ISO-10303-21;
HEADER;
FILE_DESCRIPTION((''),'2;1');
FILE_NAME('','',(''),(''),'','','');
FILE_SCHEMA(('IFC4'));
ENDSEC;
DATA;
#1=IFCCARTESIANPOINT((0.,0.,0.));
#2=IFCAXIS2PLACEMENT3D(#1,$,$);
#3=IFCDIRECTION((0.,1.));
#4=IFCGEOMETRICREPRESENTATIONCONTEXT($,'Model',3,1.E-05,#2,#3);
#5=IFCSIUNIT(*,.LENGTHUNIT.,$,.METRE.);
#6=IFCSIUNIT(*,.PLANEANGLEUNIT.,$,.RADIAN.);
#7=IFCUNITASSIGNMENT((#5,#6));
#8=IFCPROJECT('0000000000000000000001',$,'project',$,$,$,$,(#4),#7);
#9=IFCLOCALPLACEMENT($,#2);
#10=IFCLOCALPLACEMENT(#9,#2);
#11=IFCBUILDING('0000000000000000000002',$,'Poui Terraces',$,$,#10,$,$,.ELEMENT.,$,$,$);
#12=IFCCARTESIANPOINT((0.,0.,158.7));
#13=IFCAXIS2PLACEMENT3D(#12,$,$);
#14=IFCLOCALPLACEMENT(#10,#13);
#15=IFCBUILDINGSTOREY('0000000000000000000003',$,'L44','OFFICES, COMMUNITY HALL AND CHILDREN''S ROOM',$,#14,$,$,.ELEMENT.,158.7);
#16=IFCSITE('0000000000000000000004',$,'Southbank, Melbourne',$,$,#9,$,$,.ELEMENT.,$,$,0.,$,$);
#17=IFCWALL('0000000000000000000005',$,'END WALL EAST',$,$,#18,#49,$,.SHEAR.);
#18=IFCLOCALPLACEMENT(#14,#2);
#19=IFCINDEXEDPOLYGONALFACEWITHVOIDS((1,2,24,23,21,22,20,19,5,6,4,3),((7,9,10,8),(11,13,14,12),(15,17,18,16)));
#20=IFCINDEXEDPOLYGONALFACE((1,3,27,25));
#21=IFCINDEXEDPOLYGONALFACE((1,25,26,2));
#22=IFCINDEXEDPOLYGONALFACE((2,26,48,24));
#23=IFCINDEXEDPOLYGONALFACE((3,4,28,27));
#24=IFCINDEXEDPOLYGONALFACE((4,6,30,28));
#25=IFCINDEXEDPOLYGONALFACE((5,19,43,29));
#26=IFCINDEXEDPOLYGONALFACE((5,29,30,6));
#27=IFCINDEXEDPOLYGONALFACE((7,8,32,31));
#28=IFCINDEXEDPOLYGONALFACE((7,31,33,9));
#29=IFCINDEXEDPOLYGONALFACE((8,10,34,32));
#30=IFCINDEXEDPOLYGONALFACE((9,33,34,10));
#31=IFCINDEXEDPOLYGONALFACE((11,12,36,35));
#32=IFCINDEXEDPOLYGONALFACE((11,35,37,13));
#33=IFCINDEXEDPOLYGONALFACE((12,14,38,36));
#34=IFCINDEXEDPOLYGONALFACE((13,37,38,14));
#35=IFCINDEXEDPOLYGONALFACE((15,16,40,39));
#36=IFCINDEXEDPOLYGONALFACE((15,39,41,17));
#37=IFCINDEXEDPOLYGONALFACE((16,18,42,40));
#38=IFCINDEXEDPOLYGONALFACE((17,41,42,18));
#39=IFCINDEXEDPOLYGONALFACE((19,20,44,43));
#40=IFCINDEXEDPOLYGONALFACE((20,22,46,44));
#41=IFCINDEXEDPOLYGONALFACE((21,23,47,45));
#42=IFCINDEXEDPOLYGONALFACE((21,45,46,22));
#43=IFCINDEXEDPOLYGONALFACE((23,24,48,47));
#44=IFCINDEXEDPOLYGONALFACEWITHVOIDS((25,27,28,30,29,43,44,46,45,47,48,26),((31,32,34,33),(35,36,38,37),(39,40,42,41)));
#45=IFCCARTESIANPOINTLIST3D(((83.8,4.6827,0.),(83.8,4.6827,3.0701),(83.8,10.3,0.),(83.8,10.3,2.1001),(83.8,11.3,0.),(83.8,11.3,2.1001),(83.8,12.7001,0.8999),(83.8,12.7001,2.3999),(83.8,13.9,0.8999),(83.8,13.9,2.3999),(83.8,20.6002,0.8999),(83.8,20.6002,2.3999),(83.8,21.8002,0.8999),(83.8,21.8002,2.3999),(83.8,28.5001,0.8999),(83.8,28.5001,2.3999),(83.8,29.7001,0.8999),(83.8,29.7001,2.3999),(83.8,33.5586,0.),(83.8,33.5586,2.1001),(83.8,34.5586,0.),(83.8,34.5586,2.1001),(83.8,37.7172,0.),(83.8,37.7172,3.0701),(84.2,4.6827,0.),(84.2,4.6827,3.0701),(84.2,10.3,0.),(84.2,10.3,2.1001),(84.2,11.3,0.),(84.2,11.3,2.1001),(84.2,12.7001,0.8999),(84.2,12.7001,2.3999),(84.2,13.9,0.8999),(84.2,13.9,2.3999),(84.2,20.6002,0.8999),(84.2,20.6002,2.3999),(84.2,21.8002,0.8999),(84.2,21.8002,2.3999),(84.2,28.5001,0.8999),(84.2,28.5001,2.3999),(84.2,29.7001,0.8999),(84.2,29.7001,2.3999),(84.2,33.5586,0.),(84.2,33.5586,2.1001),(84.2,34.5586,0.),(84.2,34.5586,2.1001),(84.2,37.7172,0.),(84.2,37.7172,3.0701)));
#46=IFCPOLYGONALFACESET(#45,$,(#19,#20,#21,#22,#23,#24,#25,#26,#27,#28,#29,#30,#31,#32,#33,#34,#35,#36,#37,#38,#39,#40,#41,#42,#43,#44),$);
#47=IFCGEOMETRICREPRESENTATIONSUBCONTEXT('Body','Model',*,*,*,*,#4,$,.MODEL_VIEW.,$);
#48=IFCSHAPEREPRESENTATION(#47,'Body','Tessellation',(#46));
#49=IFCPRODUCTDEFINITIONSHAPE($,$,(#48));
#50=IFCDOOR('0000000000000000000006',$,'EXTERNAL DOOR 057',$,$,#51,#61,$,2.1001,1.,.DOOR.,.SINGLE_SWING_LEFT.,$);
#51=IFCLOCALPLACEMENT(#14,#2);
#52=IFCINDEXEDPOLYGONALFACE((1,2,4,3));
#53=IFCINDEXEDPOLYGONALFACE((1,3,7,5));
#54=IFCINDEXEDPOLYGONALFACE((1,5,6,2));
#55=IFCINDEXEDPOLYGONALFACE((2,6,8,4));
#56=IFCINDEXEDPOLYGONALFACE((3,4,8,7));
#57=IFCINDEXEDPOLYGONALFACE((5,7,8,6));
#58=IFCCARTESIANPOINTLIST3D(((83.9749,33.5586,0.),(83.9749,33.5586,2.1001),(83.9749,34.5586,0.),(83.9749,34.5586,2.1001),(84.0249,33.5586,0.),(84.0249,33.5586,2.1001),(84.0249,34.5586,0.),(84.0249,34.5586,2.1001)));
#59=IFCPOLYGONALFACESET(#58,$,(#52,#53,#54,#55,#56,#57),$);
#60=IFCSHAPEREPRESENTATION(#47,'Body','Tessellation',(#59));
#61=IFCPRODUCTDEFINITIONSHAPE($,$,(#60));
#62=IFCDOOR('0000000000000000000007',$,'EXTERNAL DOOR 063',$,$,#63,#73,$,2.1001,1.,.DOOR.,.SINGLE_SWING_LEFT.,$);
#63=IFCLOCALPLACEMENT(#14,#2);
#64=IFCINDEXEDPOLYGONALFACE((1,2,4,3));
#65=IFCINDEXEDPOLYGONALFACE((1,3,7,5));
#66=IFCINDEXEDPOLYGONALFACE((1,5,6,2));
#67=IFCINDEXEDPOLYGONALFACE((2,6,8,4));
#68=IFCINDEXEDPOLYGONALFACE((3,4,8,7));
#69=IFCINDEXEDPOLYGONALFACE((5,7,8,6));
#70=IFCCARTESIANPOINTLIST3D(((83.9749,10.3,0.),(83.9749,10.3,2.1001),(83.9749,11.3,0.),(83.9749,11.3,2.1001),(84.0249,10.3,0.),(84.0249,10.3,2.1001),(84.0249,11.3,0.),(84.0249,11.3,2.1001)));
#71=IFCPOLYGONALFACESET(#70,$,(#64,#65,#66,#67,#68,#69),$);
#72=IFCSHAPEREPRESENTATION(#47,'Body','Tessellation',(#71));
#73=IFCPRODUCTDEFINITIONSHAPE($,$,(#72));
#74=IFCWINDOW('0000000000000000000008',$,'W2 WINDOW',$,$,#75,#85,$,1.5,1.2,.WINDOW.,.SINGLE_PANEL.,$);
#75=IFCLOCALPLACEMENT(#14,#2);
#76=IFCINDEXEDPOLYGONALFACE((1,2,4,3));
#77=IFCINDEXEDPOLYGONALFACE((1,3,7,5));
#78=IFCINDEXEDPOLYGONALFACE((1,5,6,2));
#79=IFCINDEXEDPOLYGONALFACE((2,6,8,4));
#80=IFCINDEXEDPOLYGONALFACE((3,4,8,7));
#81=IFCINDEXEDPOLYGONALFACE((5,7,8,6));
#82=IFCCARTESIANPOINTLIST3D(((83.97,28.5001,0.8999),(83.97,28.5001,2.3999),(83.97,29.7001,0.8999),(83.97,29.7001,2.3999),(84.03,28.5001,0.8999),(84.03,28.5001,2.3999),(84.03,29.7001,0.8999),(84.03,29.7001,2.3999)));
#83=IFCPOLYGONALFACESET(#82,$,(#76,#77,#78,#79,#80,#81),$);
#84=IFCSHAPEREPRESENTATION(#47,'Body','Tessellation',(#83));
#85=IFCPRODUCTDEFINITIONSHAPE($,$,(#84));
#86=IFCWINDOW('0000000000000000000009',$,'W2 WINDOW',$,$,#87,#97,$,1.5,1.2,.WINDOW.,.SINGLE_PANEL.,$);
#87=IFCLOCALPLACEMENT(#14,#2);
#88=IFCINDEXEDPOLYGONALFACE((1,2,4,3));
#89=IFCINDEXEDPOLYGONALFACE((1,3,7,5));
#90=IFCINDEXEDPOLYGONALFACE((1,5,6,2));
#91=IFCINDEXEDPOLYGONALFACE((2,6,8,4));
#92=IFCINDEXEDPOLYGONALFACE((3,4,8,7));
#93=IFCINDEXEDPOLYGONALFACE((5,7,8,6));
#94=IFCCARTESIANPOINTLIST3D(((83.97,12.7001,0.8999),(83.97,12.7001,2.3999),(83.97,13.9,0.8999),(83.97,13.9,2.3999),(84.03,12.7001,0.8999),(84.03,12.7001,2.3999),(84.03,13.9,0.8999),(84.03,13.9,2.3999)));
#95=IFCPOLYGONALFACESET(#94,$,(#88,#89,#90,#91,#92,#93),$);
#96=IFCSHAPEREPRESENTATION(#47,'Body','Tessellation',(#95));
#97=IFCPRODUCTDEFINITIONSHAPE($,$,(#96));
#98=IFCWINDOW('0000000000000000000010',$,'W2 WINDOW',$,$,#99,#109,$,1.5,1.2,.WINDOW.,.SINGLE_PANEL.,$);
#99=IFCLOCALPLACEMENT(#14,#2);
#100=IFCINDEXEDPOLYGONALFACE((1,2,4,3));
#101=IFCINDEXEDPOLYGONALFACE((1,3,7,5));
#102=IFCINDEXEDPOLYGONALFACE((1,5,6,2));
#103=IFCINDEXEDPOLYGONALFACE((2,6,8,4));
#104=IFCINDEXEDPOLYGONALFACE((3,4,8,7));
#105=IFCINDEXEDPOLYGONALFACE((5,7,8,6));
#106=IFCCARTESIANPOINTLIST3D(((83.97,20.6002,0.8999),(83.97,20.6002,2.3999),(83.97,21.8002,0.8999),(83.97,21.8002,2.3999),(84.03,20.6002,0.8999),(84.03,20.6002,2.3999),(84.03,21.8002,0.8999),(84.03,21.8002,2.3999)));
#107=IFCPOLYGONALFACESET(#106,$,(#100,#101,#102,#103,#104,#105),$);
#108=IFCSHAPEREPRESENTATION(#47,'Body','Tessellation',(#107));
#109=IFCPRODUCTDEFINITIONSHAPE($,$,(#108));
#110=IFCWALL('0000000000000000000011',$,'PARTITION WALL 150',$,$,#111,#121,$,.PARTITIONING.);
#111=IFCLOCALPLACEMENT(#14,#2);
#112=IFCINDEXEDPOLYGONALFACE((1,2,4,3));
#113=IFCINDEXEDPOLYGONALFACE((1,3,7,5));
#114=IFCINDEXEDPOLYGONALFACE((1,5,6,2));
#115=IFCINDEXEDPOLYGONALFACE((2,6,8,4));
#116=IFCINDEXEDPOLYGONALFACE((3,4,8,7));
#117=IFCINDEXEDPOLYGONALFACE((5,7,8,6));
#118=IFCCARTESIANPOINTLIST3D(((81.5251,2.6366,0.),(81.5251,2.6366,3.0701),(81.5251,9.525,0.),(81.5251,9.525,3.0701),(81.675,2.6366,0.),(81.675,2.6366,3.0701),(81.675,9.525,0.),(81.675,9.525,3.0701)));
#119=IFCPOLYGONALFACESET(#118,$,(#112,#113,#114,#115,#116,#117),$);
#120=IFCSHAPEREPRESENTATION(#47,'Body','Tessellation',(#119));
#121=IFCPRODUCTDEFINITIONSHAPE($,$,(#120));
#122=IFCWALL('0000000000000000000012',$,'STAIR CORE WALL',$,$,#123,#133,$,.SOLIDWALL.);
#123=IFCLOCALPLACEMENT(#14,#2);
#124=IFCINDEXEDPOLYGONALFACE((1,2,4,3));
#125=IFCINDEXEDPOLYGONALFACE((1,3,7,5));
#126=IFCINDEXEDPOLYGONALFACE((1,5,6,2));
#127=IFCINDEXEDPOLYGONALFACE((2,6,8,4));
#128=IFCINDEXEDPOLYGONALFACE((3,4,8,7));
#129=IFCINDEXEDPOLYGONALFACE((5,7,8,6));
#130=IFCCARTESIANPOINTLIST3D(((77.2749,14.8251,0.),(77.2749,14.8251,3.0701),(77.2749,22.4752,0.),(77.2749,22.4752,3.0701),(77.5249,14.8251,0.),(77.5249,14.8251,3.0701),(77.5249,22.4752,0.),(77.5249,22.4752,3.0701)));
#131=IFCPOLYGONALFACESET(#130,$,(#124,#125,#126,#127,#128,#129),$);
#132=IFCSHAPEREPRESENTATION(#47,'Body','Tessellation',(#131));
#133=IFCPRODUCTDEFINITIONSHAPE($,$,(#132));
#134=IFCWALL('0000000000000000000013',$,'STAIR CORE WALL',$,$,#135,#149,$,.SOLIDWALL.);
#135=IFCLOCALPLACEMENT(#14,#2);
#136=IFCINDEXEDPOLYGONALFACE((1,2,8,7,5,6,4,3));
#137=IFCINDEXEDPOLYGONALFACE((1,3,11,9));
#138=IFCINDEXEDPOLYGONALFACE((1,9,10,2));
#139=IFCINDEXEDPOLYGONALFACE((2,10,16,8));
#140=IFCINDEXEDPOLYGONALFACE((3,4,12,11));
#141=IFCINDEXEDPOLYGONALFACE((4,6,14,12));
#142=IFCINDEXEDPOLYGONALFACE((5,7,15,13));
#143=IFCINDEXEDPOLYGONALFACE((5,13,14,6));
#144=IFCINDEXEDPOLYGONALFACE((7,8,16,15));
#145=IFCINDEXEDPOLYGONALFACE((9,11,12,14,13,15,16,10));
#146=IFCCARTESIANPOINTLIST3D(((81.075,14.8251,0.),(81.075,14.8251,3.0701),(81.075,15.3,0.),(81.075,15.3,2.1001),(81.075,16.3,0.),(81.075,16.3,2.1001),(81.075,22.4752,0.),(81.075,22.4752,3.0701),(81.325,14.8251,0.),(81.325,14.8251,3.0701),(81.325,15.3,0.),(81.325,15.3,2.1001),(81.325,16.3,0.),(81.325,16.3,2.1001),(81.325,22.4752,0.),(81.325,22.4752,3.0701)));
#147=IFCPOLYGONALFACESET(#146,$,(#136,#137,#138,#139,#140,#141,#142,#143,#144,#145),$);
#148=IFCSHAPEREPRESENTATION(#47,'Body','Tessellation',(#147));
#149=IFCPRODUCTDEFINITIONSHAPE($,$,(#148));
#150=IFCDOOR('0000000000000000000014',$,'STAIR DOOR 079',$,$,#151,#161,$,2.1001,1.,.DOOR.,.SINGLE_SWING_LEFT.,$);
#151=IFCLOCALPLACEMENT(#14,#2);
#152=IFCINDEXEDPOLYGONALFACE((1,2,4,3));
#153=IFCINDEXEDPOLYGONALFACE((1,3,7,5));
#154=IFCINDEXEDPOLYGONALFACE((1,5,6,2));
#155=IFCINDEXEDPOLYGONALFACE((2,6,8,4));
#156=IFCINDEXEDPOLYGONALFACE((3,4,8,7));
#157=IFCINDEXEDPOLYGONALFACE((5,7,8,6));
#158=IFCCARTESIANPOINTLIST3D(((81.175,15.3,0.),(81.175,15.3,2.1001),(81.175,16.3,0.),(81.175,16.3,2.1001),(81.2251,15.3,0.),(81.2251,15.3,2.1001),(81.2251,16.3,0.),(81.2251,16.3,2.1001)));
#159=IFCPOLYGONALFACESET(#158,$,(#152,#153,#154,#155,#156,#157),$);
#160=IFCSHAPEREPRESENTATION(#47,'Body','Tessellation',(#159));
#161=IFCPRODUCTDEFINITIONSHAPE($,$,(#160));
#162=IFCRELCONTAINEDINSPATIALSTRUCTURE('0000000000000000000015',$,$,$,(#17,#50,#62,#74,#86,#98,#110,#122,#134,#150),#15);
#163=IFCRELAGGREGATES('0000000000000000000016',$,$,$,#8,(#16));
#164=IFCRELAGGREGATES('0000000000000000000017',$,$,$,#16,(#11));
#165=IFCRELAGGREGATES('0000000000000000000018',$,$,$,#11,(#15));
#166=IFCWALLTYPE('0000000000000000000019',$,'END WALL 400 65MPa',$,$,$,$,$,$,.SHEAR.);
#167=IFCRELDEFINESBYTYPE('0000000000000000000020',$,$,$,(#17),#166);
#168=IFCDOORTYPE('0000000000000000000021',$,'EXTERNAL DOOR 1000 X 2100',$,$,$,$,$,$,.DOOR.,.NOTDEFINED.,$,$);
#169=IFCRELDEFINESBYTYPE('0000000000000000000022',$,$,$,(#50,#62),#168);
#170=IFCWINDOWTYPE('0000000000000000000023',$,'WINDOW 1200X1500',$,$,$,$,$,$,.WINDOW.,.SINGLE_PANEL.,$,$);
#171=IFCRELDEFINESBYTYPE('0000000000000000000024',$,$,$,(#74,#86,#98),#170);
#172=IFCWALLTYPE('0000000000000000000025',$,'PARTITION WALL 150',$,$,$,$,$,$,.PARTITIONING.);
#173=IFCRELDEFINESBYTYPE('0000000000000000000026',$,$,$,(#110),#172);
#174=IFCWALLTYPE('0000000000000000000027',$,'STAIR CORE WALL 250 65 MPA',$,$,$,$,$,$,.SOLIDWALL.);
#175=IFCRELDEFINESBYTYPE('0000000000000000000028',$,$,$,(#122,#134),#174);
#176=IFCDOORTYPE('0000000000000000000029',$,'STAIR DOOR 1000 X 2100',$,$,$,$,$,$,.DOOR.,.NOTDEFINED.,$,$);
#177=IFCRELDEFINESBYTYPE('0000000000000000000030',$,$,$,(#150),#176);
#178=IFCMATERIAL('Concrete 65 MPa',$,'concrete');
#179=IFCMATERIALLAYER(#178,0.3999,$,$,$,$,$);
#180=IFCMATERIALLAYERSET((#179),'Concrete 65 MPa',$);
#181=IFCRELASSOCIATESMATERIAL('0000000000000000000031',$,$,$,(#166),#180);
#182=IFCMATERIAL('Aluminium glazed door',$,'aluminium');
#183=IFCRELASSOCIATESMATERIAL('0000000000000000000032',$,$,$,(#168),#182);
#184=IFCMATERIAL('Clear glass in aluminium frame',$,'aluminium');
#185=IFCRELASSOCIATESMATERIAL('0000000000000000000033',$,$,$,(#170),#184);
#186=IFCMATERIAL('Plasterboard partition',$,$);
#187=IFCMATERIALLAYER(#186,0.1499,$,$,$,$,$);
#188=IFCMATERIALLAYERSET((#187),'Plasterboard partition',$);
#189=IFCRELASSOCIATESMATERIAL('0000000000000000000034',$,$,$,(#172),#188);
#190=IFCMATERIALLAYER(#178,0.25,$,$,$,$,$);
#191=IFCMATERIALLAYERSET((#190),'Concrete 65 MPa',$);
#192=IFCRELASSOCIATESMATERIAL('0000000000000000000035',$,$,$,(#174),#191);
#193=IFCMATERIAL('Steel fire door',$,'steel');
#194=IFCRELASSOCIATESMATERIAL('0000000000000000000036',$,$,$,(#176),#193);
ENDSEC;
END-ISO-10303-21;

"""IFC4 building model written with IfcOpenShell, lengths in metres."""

from ifc_helpers import new_model, si_unit, direction, frame, frame_2d, origin, place, context, subcontext, project, spatial, rectangle, extrude, material, layer, layer_set, type_object, element, fill, save


model = new_model("IFC4")

# Units and contexts
model_context = context("Model", 3, precision=1e-05, world=origin(), true_north=direction((0.0, 1.0)))
body_context = subcontext(model_context, "Body", "Model", "MODEL_VIEW")
ifc_project = project(units=[si_unit("LENGTHUNIT", "METRE"), si_unit("PLANEANGLEUNIT", "RADIAN")], contexts=[model_context])

# Site, building, storey
site_placement = place(None, origin())
site = spatial("IfcSite", under=ifc_project, at=site_placement, Name="Southbank, Melbourne", CompositionType="ELEMENT", RefElevation=0.0)
building_placement = place(site_placement, origin())
building = spatial("IfcBuilding", under=site, at=building_placement, Name="Poui Terraces", CompositionType="ELEMENT")
storey_placement = place(building_placement, frame((0.0, 0.0, 158.7)))
storey = spatial("IfcBuildingStorey", under=building, at=storey_placement, Name="L44", Description="OFFICES, COMMUNITY HALL AND CHILDREN'S ROOM", CompositionType="ELEMENT", Elevation=158.7)

# Shared definitions
ifc_material_1 = material(Name="Concrete 65 MPa", Category="concrete")

# Wall, openings, doors, windows
ifc_layer_1 = layer(ifc_material_1, 0.3999)
ifc_layer_set_1 = layer_set([ifc_layer_1], Name="Concrete 65 MPa")
wall_type_1 = type_object("IfcWallType", Name="END WALL 400 65MPa", PredefinedType="SHEAR", material=ifc_layer_set_1)
wall_1_placement = place(storey_placement, frame((84.0, 4.6829, 0.0), z_axis=(0.0, 0.0, 1.0), x_axis=(0.0, 1.0, 0.0)))
wall_1 = element("IfcWall", 1, at=wall_1_placement, inside=storey, type_object=wall_type_1, Name="END WALL EAST", PredefinedType="SHEAR", context=body_context, shape_type="SweptSolid", body=[
    extrude(rectangle(XDim=33.0344, YDim=0.3999, at=frame_2d((16.5171, 0.0))), origin(), (0.0, 0.0, 1.0), 3.0701),
])
opening_1_placement = place(wall_1_placement, frame((23.8171, 0.0, 0.8999)))
opening_1 = element("IfcOpeningElement", 2, at=opening_1_placement, cuts=wall_1, PredefinedType="OPENING", context=body_context, shape_type="SweptSolid", body=[
    extrude(rectangle(XDim=1.2, YDim=1.5, at=frame_2d((0.6001, 0.75))), frame((0.0, 0.21, 0.0), z_axis=(0.0, -1.0, 0.0), x_axis=(1.0, 0.0, 0.0)), (0.0, 0.0, 1.0), 0.4199),
])
opening_2_placement = place(wall_1_placement, frame((8.0171, 0.0, 0.8999)))
opening_2 = element("IfcOpeningElement", 3, at=opening_2_placement, cuts=wall_1, PredefinedType="OPENING", context=body_context, shape_type="SweptSolid", body=[
    extrude(rectangle(XDim=1.2, YDim=1.5, at=frame_2d((0.6001, 0.75))), frame((0.0, 0.21, 0.0), z_axis=(0.0, -1.0, 0.0), x_axis=(1.0, 0.0, 0.0)), (0.0, 0.0, 1.0), 0.4199),
])
opening_3_placement = place(wall_1_placement, frame((15.9172, 0.0, 0.8999)))
opening_3 = element("IfcOpeningElement", 4, at=opening_3_placement, cuts=wall_1, PredefinedType="OPENING", context=body_context, shape_type="SweptSolid", body=[
    extrude(rectangle(XDim=1.2, YDim=1.5, at=frame_2d((0.6001, 0.75))), frame((0.0, 0.21, 0.0), z_axis=(0.0, -1.0, 0.0), x_axis=(1.0, 0.0, 0.0)), (0.0, 0.0, 1.0), 0.4199),
])
opening_4_placement = place(wall_1_placement, frame((28.8757, 0.0, 0.0)))
opening_4 = element("IfcOpeningElement", 5, at=opening_4_placement, cuts=wall_1, PredefinedType="OPENING", context=body_context, shape_type="SweptSolid", body=[
    extrude(rectangle(XDim=1.0, YDim=2.1001, at=frame_2d((0.5, 1.05))), frame((0.0, 0.21, 0.0), z_axis=(0.0, -1.0, 0.0), x_axis=(1.0, 0.0, 0.0)), (0.0, 0.0, 1.0), 0.4199),
])
opening_5_placement = place(wall_1_placement, frame((5.6172, 0.0, 0.0)))
opening_5 = element("IfcOpeningElement", 6, at=opening_5_placement, cuts=wall_1, PredefinedType="OPENING", context=body_context, shape_type="SweptSolid", body=[
    extrude(rectangle(XDim=1.0, YDim=2.1001, at=frame_2d((0.5, 1.05))), frame((0.0, 0.21, 0.0), z_axis=(0.0, -1.0, 0.0), x_axis=(1.0, 0.0, 0.0)), (0.0, 0.0, 1.0), 0.4199),
])
ifc_material_2 = material(Name="Aluminium glazed door", Category="aluminium")
door_type_1 = type_object("IfcDoorType", Name="EXTERNAL DOOR 1000 X 2100", OperationType="NOTDEFINED", PredefinedType="DOOR", material=ifc_material_2)
door_1_placement = place(opening_4_placement, frame((1.0, 0.0, 0.0), z_axis=(0.0, 0.0, 1.0), x_axis=(-1.0, 0.0, 0.0)))
door_1 = element("IfcDoor", 7, at=door_1_placement, inside=storey, type_object=door_type_1, Name="EXTERNAL DOOR 057", OperationType="SINGLE_SWING_LEFT", OverallHeight=2.1001, OverallWidth=1.0, PredefinedType="DOOR", context=body_context, shape_type="SweptSolid", body=[
    extrude(rectangle(XDim=1.0, YDim=2.1001, at=frame_2d((0.5, 1.05))), frame((0.0, 0.0249, 0.0), z_axis=(0.0, -1.0, 0.0), x_axis=(1.0, 0.0, 0.0)), (0.0, 0.0, 1.0), 0.05),
])
fill(opening_4, door_1)
door_2_placement = place(opening_5_placement, frame((1.0, 0.0, 0.0), z_axis=(0.0, 0.0, 1.0), x_axis=(-1.0, 0.0, 0.0)))
door_2 = element("IfcDoor", 8, at=door_2_placement, inside=storey, type_object=door_type_1, Name="EXTERNAL DOOR 063", OperationType="SINGLE_SWING_LEFT", OverallHeight=2.1001, OverallWidth=1.0, PredefinedType="DOOR", context=body_context, shape_type="SweptSolid", body=[
    extrude(rectangle(XDim=1.0, YDim=2.1001, at=frame_2d((0.5, 1.05))), frame((0.0, 0.0249, 0.0), z_axis=(0.0, -1.0, 0.0), x_axis=(1.0, 0.0, 0.0)), (0.0, 0.0, 1.0), 0.05),
])
fill(opening_5, door_2)
ifc_material_3 = material(Name="Clear glass in aluminium frame", Category="aluminium")
window_type = type_object("IfcWindowType", Name="WINDOW 1200X1500", PartitioningType="SINGLE_PANEL", PredefinedType="WINDOW", material=ifc_material_3)
window_1_placement = place(opening_1_placement, origin())
window_1 = element("IfcWindow", 9, at=window_1_placement, inside=storey, type_object=window_type, Name="W2 WINDOW", OverallHeight=1.5, OverallWidth=1.2, PartitioningType="SINGLE_PANEL", PredefinedType="WINDOW", context=body_context, shape_type="SweptSolid", body=[
    extrude(rectangle(XDim=1.2, YDim=1.5, at=frame_2d((0.6001, 0.75))), frame((0.0, 0.03, 0.0), z_axis=(0.0, -1.0, 0.0), x_axis=(1.0, 0.0, 0.0)), (0.0, 0.0, 1.0), 0.0601),
])
fill(opening_1, window_1)
window_2_placement = place(opening_2_placement, origin())
window_2 = element("IfcWindow", 10, at=window_2_placement, inside=storey, type_object=window_type, Name="W2 WINDOW", OverallHeight=1.5, OverallWidth=1.2, PartitioningType="SINGLE_PANEL", PredefinedType="WINDOW", context=body_context, shape_type="SweptSolid", body=[
    extrude(rectangle(XDim=1.2, YDim=1.5, at=frame_2d((0.6001, 0.75))), frame((0.0, 0.03, 0.0), z_axis=(0.0, -1.0, 0.0), x_axis=(1.0, 0.0, 0.0)), (0.0, 0.0, 1.0), 0.0601),
])
fill(opening_2, window_2)
window_3_placement = place(opening_3_placement, origin())
window_3 = element("IfcWindow", 11, at=window_3_placement, inside=storey, type_object=window_type, Name="W2 WINDOW", OverallHeight=1.5, OverallWidth=1.2, PartitioningType="SINGLE_PANEL", PredefinedType="WINDOW", context=body_context, shape_type="SweptSolid", body=[
    extrude(rectangle(XDim=1.2, YDim=1.5, at=frame_2d((0.6001, 0.75))), frame((0.0, 0.03, 0.0), z_axis=(0.0, -1.0, 0.0), x_axis=(1.0, 0.0, 0.0)), (0.0, 0.0, 1.0), 0.0601),
])
fill(opening_3, window_3)

# Walls
ifc_material_4 = material(Name="Plasterboard partition")
ifc_layer_2 = layer(ifc_material_4, 0.1499)
ifc_layer_set_2 = layer_set([ifc_layer_2], Name="Plasterboard partition")
wall_type_2 = type_object("IfcWallType", Name="PARTITION WALL 150", PredefinedType="PARTITIONING", material=ifc_layer_set_2)
wall_2_placement = place(storey_placement, frame((81.6001, 2.6365, 0.0), z_axis=(0.0, 0.0, 1.0), x_axis=(0.0, 1.0, 0.0)))
element("IfcWall", 12, at=wall_2_placement, inside=storey, type_object=wall_type_2, Name="PARTITION WALL 150", PredefinedType="PARTITIONING", context=body_context, shape_type="SweptSolid", body=[
    extrude(rectangle(XDim=6.8884, YDim=0.1499, at=frame_2d((3.4443, 0.0))), origin(), (0.0, 0.0, 1.0), 3.0701),
])
ifc_layer_3 = layer(ifc_material_1, 0.25)
ifc_layer_set_3 = layer_set([ifc_layer_3], Name="Concrete 65 MPa")
wall_type_3 = type_object("IfcWallType", Name="STAIR CORE WALL 250 65 MPA", PredefinedType="SOLIDWALL", material=ifc_layer_set_3)
wall_3_placement = place(storey_placement, frame((77.3999, 14.825, 0.0), z_axis=(0.0, 0.0, 1.0), x_axis=(0.0, 1.0, 0.0)))
element("IfcWall", 13, at=wall_3_placement, inside=storey, type_object=wall_type_3, Name="STAIR CORE WALL", PredefinedType="SOLIDWALL", context=body_context, shape_type="SweptSolid", body=[
    extrude(rectangle(XDim=7.6501, YDim=0.25, at=frame_2d((3.8252, 0.0))), origin(), (0.0, 0.0, 1.0), 3.0701),
])

# Wall, opening, door
wall_4_placement = place(storey_placement, frame((81.2, 14.825, 0.0), z_axis=(0.0, 0.0, 1.0), x_axis=(0.0, 1.0, 0.0)))
wall_4 = element("IfcWall", 14, at=wall_4_placement, inside=storey, type_object=wall_type_3, Name="STAIR CORE WALL", PredefinedType="SOLIDWALL", context=body_context, shape_type="SweptSolid", body=[
    extrude(rectangle(XDim=7.6501, YDim=0.25, at=frame_2d((3.8252, 0.0))), origin(), (0.0, 0.0, 1.0), 3.0701),
])
opening_6_placement = place(wall_4_placement, frame((0.4751, 0.0, 0.0)))
opening_6 = element("IfcOpeningElement", 15, at=opening_6_placement, cuts=wall_4, PredefinedType="OPENING", context=body_context, shape_type="SweptSolid", body=[
    extrude(rectangle(XDim=1.0, YDim=2.1001, at=frame_2d((0.5, 1.05))), frame((0.0, 0.135, 0.0), z_axis=(0.0, -1.0, 0.0), x_axis=(1.0, 0.0, 0.0)), (0.0, 0.0, 1.0), 0.27),
])
ifc_material_5 = material(Name="Steel fire door", Category="steel")
door_type_2 = type_object("IfcDoorType", Name="STAIR DOOR 1000 X 2100", OperationType="NOTDEFINED", PredefinedType="DOOR", material=ifc_material_5)
door_3_placement = place(opening_6_placement, origin())
door_3 = element("IfcDoor", 16, at=door_3_placement, inside=storey, type_object=door_type_2, Name="STAIR DOOR 079", OperationType="SINGLE_SWING_LEFT", OverallHeight=2.1001, OverallWidth=1.0, PredefinedType="DOOR", context=body_context, shape_type="SweptSolid", body=[
    extrude(rectangle(XDim=1.0, YDim=2.1001, at=frame_2d((0.5, 1.05))), frame((0.0, 0.0249, 0.0), z_axis=(0.0, -1.0, 0.0), x_axis=(1.0, 0.0, 0.0)), (0.0, 0.0, 1.0), 0.05),
])
fill(opening_6, door_3)

save(model, "model.ifc")
